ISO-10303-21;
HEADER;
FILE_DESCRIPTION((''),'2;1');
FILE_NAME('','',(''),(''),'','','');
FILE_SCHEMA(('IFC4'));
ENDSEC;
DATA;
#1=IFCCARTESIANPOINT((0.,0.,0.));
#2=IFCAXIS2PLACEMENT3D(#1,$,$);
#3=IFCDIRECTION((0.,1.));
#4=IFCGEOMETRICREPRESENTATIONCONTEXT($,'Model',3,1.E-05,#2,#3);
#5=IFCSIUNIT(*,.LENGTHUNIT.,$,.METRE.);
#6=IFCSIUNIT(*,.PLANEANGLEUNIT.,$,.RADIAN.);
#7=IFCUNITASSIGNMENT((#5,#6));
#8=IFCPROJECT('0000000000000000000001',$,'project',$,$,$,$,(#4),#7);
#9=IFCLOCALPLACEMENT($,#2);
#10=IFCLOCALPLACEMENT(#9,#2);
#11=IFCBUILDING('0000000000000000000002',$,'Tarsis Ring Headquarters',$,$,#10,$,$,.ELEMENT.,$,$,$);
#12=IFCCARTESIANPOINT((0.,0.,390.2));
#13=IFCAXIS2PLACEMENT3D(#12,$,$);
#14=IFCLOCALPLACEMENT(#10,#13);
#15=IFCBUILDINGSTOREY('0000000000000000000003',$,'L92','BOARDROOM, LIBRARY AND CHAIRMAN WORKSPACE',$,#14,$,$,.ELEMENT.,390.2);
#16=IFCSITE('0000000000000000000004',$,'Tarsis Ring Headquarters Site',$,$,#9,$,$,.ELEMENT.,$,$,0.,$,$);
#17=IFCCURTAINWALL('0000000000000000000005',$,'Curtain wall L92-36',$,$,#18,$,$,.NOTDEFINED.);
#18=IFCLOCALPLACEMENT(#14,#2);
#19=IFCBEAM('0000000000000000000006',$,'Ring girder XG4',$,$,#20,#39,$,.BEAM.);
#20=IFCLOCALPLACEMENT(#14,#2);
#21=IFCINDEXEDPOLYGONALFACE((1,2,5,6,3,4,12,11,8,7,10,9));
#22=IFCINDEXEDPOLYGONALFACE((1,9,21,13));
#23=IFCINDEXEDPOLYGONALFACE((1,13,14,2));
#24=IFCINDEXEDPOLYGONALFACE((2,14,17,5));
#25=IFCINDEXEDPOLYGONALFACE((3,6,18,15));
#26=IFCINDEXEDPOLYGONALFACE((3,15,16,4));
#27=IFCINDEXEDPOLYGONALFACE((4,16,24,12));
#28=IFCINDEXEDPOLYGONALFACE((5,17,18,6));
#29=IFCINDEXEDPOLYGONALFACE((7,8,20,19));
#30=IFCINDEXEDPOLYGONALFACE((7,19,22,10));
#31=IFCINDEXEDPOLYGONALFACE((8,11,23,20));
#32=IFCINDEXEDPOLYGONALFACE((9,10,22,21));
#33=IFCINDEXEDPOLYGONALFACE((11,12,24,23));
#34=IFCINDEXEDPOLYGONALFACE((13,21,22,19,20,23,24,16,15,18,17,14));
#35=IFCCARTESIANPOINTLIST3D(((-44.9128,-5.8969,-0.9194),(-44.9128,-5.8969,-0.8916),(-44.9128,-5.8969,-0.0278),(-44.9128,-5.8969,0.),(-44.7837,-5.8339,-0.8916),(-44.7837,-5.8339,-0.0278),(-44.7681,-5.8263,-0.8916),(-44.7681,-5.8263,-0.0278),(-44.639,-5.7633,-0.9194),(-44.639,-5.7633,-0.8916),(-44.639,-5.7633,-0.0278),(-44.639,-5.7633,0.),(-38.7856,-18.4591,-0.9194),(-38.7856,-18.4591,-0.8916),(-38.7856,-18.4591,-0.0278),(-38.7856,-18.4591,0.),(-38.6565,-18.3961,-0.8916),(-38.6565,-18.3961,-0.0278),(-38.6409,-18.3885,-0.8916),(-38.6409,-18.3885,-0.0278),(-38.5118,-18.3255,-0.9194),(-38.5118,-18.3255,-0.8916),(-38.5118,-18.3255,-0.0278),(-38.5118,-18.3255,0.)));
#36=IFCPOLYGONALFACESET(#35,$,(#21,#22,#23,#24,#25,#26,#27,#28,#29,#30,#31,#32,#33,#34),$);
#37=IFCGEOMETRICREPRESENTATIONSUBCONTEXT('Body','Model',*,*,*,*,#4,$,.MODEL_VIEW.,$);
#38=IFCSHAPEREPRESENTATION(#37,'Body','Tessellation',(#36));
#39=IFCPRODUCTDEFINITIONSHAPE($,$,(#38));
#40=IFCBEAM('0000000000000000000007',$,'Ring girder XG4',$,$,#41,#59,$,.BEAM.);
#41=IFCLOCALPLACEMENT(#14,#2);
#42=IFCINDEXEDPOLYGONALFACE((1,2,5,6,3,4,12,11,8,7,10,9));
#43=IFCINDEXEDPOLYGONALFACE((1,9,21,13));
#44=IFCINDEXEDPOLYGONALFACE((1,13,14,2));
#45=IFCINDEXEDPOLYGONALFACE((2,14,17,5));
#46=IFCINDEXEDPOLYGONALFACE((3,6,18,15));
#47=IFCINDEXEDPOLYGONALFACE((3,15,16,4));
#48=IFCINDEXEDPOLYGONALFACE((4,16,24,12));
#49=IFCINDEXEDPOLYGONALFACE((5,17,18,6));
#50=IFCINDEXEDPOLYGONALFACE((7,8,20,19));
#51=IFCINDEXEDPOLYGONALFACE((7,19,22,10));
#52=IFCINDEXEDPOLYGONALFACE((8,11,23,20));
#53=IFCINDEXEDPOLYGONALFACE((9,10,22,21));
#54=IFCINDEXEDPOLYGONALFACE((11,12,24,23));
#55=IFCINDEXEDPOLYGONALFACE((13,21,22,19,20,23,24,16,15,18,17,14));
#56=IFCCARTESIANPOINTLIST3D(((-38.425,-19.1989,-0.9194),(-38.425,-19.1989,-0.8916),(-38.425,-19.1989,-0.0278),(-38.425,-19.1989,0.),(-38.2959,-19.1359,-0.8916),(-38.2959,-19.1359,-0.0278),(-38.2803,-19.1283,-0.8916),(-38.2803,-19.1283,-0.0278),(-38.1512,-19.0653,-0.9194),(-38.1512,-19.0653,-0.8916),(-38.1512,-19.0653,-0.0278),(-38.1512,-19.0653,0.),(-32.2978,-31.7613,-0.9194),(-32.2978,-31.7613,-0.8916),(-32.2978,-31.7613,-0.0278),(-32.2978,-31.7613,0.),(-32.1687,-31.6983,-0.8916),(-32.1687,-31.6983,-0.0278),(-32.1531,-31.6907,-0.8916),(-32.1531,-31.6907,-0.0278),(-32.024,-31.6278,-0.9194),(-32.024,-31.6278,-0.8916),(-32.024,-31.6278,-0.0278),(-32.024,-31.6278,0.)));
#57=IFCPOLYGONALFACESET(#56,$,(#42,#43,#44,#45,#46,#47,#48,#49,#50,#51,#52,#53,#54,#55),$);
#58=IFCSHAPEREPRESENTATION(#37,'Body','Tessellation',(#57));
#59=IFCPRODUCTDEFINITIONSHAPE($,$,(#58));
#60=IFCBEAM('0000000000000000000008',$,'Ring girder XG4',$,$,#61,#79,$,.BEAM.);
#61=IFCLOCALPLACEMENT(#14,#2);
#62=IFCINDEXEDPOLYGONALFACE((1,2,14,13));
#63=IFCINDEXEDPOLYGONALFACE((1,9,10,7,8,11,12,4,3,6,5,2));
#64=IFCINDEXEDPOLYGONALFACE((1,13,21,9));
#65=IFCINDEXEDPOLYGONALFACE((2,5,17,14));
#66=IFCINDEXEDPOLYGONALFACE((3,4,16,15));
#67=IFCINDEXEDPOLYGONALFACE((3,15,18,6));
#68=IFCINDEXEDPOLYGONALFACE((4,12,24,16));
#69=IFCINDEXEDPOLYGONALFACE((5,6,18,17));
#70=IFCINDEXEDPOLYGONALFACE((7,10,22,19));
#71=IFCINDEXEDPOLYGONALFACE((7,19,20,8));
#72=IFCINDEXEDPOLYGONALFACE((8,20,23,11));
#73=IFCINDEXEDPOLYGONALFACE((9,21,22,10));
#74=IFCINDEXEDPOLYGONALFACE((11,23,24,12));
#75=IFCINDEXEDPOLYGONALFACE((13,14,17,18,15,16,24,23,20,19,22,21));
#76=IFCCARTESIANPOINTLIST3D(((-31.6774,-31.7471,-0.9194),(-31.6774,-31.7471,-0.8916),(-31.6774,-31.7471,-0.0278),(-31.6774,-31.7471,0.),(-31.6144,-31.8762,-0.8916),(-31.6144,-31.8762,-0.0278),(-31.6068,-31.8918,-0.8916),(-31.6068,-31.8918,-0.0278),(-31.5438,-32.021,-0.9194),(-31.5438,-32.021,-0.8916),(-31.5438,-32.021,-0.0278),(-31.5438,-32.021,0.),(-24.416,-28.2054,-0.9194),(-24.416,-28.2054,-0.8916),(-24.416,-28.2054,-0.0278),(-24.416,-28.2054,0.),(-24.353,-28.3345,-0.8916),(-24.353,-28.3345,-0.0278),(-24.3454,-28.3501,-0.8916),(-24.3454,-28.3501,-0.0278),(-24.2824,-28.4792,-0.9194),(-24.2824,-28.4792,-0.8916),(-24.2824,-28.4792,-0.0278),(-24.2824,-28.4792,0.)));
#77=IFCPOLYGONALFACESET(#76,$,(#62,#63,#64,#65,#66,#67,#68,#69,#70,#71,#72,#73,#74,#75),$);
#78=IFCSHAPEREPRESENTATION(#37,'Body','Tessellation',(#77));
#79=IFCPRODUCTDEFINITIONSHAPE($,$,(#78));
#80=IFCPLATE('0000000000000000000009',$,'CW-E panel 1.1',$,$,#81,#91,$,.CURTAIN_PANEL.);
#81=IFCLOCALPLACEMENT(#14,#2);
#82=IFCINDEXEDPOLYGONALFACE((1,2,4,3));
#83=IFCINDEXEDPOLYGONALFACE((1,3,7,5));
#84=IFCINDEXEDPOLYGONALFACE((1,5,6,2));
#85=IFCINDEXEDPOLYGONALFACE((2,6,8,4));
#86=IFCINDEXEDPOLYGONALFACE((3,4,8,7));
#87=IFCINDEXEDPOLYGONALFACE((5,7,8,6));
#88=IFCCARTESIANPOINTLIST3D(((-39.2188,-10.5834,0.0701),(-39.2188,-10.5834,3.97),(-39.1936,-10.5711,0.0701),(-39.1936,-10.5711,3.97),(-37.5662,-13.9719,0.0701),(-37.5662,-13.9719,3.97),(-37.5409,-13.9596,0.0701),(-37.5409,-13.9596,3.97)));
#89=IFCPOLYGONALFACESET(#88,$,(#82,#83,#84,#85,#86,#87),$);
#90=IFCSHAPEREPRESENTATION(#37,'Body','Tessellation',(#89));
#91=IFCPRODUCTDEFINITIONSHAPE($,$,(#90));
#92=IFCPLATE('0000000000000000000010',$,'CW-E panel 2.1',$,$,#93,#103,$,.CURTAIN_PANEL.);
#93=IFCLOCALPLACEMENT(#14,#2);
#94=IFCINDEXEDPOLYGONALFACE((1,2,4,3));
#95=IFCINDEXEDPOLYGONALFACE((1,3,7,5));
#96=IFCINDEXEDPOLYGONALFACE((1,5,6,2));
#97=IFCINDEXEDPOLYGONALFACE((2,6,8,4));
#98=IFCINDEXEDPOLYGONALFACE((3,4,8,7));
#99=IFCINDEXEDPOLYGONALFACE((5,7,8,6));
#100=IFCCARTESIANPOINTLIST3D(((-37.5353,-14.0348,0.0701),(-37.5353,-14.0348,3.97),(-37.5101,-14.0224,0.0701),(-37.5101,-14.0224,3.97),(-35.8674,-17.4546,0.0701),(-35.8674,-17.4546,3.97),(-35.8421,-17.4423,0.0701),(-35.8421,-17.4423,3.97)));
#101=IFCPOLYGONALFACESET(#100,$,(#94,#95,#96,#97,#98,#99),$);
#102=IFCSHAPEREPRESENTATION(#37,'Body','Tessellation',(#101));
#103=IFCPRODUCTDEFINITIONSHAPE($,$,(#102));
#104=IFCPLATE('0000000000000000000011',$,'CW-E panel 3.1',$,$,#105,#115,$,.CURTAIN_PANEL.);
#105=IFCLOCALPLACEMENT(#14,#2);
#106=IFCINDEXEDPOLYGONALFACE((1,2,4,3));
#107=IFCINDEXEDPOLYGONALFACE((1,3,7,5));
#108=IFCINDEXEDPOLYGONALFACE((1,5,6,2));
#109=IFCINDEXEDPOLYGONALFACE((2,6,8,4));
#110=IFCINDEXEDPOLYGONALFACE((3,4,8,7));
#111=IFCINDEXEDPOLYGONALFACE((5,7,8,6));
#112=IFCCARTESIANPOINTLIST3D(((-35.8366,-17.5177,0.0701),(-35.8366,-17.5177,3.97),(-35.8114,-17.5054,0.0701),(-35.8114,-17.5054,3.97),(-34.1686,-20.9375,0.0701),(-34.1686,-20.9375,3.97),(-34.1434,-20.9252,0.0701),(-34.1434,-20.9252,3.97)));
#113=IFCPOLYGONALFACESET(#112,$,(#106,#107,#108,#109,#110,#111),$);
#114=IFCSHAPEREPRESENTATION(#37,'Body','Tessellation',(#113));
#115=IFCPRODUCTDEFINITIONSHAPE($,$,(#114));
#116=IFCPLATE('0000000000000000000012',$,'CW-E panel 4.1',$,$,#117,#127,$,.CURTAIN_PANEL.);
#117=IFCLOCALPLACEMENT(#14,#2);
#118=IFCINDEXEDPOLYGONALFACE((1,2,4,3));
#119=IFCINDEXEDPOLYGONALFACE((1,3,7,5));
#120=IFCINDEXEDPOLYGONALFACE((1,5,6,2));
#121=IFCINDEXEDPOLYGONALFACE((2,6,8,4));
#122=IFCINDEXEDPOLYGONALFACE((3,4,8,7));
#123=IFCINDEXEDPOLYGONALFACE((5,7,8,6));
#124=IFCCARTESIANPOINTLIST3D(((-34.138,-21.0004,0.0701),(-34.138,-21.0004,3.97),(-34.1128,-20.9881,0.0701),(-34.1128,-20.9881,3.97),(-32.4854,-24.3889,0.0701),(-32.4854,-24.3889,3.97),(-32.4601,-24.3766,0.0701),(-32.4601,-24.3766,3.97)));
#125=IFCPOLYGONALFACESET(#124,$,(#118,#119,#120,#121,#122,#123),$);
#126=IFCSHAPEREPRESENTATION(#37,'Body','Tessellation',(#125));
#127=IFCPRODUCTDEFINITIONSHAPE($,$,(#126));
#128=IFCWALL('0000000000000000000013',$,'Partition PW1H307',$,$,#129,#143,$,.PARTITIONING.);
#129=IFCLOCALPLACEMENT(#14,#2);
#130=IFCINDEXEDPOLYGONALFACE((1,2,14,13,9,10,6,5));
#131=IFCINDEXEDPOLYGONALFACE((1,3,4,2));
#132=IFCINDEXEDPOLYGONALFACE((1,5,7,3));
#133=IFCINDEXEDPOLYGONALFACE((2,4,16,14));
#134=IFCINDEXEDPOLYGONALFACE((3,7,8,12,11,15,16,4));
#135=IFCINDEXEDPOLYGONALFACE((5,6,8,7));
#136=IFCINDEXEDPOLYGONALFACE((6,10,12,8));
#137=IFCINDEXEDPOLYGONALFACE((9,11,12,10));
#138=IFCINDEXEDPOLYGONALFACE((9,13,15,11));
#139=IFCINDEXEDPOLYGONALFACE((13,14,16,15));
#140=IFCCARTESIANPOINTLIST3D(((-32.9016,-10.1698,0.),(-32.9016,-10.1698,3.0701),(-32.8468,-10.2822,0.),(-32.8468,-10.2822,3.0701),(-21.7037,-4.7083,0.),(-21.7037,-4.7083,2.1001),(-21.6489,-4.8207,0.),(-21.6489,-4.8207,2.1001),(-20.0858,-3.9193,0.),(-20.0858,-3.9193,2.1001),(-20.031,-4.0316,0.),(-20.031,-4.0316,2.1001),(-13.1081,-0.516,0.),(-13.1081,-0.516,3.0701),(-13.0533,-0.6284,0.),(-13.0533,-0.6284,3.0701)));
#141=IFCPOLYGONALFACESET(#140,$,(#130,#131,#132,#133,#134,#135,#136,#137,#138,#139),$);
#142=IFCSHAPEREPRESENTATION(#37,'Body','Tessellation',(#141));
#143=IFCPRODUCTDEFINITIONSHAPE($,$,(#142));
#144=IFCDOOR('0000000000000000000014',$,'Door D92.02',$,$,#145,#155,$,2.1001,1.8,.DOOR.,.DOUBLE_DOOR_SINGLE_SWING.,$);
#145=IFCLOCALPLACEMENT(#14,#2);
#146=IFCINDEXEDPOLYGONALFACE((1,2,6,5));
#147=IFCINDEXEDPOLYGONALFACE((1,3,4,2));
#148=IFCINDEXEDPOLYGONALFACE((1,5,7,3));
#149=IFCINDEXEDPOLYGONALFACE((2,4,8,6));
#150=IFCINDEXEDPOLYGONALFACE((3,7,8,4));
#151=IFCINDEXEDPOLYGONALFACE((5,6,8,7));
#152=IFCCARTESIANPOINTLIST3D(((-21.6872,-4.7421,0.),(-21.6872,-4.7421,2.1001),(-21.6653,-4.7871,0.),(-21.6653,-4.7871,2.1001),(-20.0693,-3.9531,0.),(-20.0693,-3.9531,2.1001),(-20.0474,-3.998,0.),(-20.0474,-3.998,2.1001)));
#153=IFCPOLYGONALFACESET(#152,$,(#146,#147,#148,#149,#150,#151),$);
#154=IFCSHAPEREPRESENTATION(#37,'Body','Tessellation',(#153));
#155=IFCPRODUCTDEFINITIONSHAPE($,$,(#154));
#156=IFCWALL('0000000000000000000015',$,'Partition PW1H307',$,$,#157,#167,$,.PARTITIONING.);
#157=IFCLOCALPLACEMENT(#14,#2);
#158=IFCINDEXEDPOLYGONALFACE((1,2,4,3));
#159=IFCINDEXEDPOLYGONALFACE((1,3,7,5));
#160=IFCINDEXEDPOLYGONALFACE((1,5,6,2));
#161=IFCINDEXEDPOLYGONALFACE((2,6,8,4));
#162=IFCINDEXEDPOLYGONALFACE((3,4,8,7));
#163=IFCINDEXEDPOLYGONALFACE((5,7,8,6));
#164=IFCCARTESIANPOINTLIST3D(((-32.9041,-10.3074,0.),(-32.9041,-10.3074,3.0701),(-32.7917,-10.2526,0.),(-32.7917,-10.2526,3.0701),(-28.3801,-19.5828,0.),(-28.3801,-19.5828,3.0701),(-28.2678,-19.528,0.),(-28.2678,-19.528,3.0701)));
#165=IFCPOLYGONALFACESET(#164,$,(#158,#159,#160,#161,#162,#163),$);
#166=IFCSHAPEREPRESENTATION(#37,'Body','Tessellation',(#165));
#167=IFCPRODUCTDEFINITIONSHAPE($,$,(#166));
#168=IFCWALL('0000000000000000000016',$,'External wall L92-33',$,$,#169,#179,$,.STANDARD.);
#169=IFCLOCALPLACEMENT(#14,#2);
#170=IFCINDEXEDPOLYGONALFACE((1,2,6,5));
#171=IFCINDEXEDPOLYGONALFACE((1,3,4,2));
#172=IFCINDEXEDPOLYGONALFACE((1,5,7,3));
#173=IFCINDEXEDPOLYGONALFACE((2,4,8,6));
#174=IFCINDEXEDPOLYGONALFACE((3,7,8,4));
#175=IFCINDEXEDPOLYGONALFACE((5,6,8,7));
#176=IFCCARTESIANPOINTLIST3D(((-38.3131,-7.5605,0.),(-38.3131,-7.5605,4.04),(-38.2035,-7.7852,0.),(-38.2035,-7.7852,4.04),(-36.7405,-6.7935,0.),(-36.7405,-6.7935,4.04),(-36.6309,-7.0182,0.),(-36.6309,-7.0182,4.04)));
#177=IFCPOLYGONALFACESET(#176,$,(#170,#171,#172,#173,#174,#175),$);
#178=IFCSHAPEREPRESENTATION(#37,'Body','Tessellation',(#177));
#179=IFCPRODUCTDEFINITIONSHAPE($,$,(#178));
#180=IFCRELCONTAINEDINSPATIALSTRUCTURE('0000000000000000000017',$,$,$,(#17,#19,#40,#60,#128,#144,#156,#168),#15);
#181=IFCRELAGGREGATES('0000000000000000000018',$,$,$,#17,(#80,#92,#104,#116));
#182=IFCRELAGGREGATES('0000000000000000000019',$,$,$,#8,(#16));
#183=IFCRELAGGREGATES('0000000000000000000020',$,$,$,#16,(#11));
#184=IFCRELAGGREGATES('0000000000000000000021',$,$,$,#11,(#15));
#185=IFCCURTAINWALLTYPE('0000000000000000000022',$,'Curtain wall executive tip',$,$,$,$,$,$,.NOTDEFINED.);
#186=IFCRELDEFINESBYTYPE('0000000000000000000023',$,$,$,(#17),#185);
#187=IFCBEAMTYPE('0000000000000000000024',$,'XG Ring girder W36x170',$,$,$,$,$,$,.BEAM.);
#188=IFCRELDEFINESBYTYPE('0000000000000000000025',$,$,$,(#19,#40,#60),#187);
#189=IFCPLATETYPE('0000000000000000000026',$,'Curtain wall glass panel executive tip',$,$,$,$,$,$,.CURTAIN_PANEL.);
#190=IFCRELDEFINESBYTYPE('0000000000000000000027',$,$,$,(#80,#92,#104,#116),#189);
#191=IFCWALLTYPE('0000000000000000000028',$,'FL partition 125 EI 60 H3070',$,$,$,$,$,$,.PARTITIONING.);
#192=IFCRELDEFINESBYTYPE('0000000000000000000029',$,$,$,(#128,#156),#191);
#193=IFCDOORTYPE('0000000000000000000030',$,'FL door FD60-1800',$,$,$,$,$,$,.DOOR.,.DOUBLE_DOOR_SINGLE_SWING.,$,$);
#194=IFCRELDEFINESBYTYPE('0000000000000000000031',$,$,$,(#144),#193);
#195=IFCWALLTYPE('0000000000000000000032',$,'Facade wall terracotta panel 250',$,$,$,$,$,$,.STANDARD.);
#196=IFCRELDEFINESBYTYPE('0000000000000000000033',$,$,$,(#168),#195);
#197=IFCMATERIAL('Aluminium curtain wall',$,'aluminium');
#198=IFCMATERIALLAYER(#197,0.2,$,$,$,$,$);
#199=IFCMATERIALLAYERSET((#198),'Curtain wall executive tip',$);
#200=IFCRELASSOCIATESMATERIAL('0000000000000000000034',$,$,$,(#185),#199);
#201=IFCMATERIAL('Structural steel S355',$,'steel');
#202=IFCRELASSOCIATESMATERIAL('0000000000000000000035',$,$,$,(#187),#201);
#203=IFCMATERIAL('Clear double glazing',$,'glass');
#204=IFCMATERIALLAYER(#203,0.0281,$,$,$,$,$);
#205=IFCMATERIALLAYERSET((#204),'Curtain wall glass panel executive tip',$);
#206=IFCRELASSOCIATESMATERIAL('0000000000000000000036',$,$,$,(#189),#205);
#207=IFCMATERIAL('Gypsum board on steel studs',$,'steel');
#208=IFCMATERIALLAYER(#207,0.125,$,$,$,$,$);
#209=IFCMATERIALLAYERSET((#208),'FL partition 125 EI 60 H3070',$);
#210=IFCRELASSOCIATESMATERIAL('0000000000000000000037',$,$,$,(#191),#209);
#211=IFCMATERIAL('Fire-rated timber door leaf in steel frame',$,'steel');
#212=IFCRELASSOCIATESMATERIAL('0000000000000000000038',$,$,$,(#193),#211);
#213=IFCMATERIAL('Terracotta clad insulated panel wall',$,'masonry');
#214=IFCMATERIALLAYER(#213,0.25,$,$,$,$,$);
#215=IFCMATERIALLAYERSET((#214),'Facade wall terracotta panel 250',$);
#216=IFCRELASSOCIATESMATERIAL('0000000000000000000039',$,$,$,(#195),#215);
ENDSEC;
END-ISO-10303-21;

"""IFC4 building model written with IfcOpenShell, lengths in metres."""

from ifc_helpers import new_model, si_unit, direction, frame, frame_2d, origin, origin_2d, place, context, subcontext, project, spatial, rectangle, i_section, extrude, material, layer, layer_set, material_profile, profile_set, type_object, element, fill, aggregate, save


model = new_model("IFC4")

# Units and contexts
model_context = context("Model", 3, precision=1e-05, world=origin(), true_north=direction((0.0, 1.0)))
body_context = subcontext(model_context, "Body", "Model", "MODEL_VIEW")
ifc_project = project(units=[si_unit("LENGTHUNIT", "METRE"), si_unit("PLANEANGLEUNIT", "RADIAN")], contexts=[model_context])

# Site, building, storey
site_placement = place(None, origin())
site = spatial("IfcSite", under=ifc_project, at=site_placement, Name="Tarsis Ring Headquarters Site", CompositionType="ELEMENT", RefElevation=0.0)
building_placement = place(site_placement, origin())
building = spatial("IfcBuilding", under=site, at=building_placement, Name="Tarsis Ring Headquarters", CompositionType="ELEMENT")
storey_placement = place(building_placement, frame((0.0, 0.0, 390.2)))
storey = spatial("IfcBuildingStorey", under=building, at=storey_placement, Name="L92", Description="BOARDROOM, LIBRARY AND CHAIRMAN WORKSPACE", CompositionType="ELEMENT", Elevation=390.2)

# Shared definitions
ifc_material_1 = material(Name="Structural steel S355", Category="steel")

# Curtain wall
ifc_material_2 = material(Name="Aluminium curtain wall", Category="aluminium")
ifc_layer_1 = layer(ifc_material_2, 0.2)
ifc_layer_set_1 = layer_set([ifc_layer_1], Name="Curtain wall executive tip")
curtain_wall_type = type_object("IfcCurtainWallType", Name="Curtain wall executive tip", PredefinedType="NOTDEFINED", material=ifc_layer_set_1)
curtain_wall_placement = place(storey_placement, origin())
curtain_wall = element("IfcCurtainWall", 1, at=curtain_wall_placement, inside=storey, type_object=curtain_wall_type, Name="Curtain wall L92-36", PredefinedType="NOTDEFINED")

# Beams
ifc_material_profile_1 = material_profile(ifc_material_1, i_section(OverallWidth=0.3047, OverallDepth=0.9194, WebThickness=0.0173, FlangeThickness=0.0278, at=origin_2d()), Name="W36x170")
ifc_profile_set_1 = profile_set([ifc_material_profile_1], Name="Structural steel S355")
beam_type = type_object("IfcBeamType", Name="XG Ring girder W36x170", PredefinedType="BEAM", material=ifc_profile_set_1)
beam_1_placement = place(storey_placement, frame((-44.7759, -5.8301, -0.4597), z_axis=(0.438381, -0.898789, 0.0), x_axis=(0.898789, 0.438381, 0.0)))
element("IfcBeam", 2, at=beam_1_placement, inside=storey, type_object=beam_type, Name="Ring girder XG4", PredefinedType="BEAM", context=body_context, shape_type="SweptSolid", body=[
    extrude(i_section(OverallWidth=0.3047, OverallDepth=0.9194, WebThickness=0.0173, FlangeThickness=0.0278, at=origin_2d()), origin(), (0.0, 0.0, 1.0), 13.9768),
])
beam_2_placement = place(storey_placement, frame((-38.2881, -19.1321, -0.4597), z_axis=(0.438374, -0.898792, 0.0), x_axis=(0.898792, 0.438374, 0.0)))
element("IfcBeam", 3, at=beam_2_placement, inside=storey, type_object=beam_type, Name="Ring girder XG4", PredefinedType="BEAM", context=body_context, shape_type="SweptSolid", body=[
    extrude(i_section(OverallWidth=0.3047, OverallDepth=0.9194, WebThickness=0.0173, FlangeThickness=0.0278, at=origin_2d()), origin(), (0.0, 0.0, 1.0), 13.9771),
])
beam_3_placement = place(storey_placement, frame((-31.6106, -31.884, -0.4597), z_axis=(0.89879, 0.43838, 0.0), x_axis=(-0.43838, 0.89879, 0.0)))
element("IfcBeam", 4, at=beam_3_placement, inside=storey, type_object=beam_type, Name="Ring girder XG4", PredefinedType="BEAM", context=body_context, shape_type="SweptSolid", body=[
    extrude(i_section(OverallWidth=0.3047, OverallDepth=0.9194, WebThickness=0.0173, FlangeThickness=0.0278, at=origin_2d()), origin(), (0.0, 0.0, 1.0), 8.0791),
])

# Plates
ifc_material_3 = material(Name="Clear double glazing", Category="glass")
ifc_layer_2 = layer(ifc_material_3, 0.0281)
ifc_layer_set_2 = layer_set([ifc_layer_2], Name="Curtain wall glass panel executive tip")
plate_type = type_object("IfcPlateType", Name="Curtain wall glass panel executive tip", PredefinedType="CURTAIN_PANEL", material=ifc_layer_set_2)
plate_1_placement = place(storey_placement, frame((-38.3799, -12.2715, 0.0701), z_axis=(0.0, 0.0, 1.0), x_axis=(0.438371, -0.898794, 0.0)))
plate_1 = element("IfcPlate", 5, at=plate_1_placement, type_object=plate_type, Name="CW-E panel 1.1", PredefinedType="CURTAIN_PANEL", context=body_context, shape_type="SweptSolid", body=[
    extrude(rectangle(XDim=3.77, YDim=0.0281, at=origin_2d()), origin(), (0.0, 0.0, 1.0), 3.8999),
])
plate_2_placement = place(storey_placement, frame((-36.6887, -15.7385, 0.0701), z_axis=(0.0, 0.0, 1.0), x_axis=(0.438371, -0.898794, 0.0)))
plate_2 = element("IfcPlate", 6, at=plate_2_placement, type_object=plate_type, Name="CW-E panel 2.1", PredefinedType="CURTAIN_PANEL", context=body_context, shape_type="SweptSolid", body=[
    extrude(rectangle(XDim=3.8049, YDim=0.0281, at=origin_2d()), origin(), (0.0, 0.0, 1.0), 3.8999),
])
plate_3_placement = place(storey_placement, frame((-34.99, -19.2214, 0.0701), z_axis=(0.0, 0.0, 1.0), x_axis=(0.438371, -0.898794, 0.0)))
plate_3 = element("IfcPlate", 7, at=plate_3_placement, type_object=plate_type, Name="CW-E panel 3.1", PredefinedType="CURTAIN_PANEL", context=body_context, shape_type="SweptSolid", body=[
    extrude(rectangle(XDim=3.8049, YDim=0.0281, at=origin_2d()), origin(), (0.0, 0.0, 1.0), 3.8999),
])
plate_4_placement = place(storey_placement, frame((-33.2991, -22.6885, 0.0701), z_axis=(0.0, 0.0, 1.0), x_axis=(0.438371, -0.898794, 0.0)))
plate_4 = element("IfcPlate", 8, at=plate_4_placement, type_object=plate_type, Name="CW-E panel 4.1", PredefinedType="CURTAIN_PANEL", context=body_context, shape_type="SweptSolid", body=[
    extrude(rectangle(XDim=3.77, YDim=0.0281, at=origin_2d()), origin(), (0.0, 0.0, 1.0), 3.8999),
])
aggregate(curtain_wall, [plate_1, plate_2, plate_3, plate_4])

# Wall, opening, door
ifc_material_4 = material(Name="Gypsum board on steel studs", Category="steel")
ifc_layer_3 = layer(ifc_material_4, 0.125)
ifc_layer_set_3 = layer_set([ifc_layer_3], Name="FL partition 125 EI 60 H3070")
wall_type_1 = type_object("IfcWallType", Name="FL partition 125 EI 60 H3070", PredefinedType="PARTITIONING", material=ifc_layer_set_3)
wall_1_placement = place(storey_placement, frame((-32.8743, -10.2261, 0.0), z_axis=(0.0, 0.0, 1.0), x_axis=(0.898796, 0.438367, 0.0)))
wall_1 = element("IfcWall", 9, at=wall_1_placement, inside=storey, type_object=wall_type_1, Name="Partition PW1H307", PredefinedType="PARTITIONING", context=body_context, shape_type="SweptSolid", body=[
    extrude(rectangle(XDim=22.0222, YDim=0.125, at=frame_2d((11.0112, 0.0))), origin(), (0.0, 0.0, 1.0), 3.0701),
])
opening_placement = place(wall_1_placement, frame((12.459, 0.0, 0.0)))
opening = element("IfcOpeningElement", 10, at=opening_placement, cuts=wall_1, PredefinedType="OPENING", context=body_context, shape_type="SweptSolid", body=[
    extrude(rectangle(XDim=1.8, YDim=2.1001, at=frame_2d((0.8999, 1.05))), frame((0.0, 0.0725, 0.0), z_axis=(0.0, -1.0, 0.0), x_axis=(1.0, 0.0, 0.0)), (0.0, 0.0, 1.0), 0.145),
])
ifc_material_5 = material(Name="Fire-rated timber door leaf in steel frame", Category="steel")
door_type = type_object("IfcDoorType", Name="FL door FD60-1800", OperationType="DOUBLE_DOOR_SINGLE_SWING", PredefinedType="DOOR", material=ifc_material_5)
door_placement = place(opening_placement, origin())
door = element("IfcDoor", 11, at=door_placement, inside=storey, type_object=door_type, Name="Door D92.02", OperationType="DOUBLE_DOOR_SINGLE_SWING", OverallHeight=2.1001, OverallWidth=1.8, PredefinedType="DOOR", context=body_context, shape_type="SweptSolid", body=[
    extrude(rectangle(XDim=1.8, YDim=2.1001, at=frame_2d((0.8999, 1.05))), frame((0.0, 0.0249, 0.0), z_axis=(0.0, -1.0, 0.0), x_axis=(1.0, 0.0, 0.0)), (0.0, 0.0, 1.0), 0.05),
])
fill(opening, door)

# Walls
wall_2_placement = place(storey_placement, frame((-32.8479, -10.28, 0.0), z_axis=(0.0, 0.0, 1.0), x_axis=(0.438372, -0.898793, 0.0)))
element("IfcWall", 12, at=wall_2_placement, inside=storey, type_object=wall_type_1, Name="Partition PW1H307", PredefinedType="PARTITIONING", context=body_context, shape_type="SweptSolid", body=[
    extrude(rectangle(XDim=10.3198, YDim=0.125, at=frame_2d((5.1599, 0.0))), origin(), (0.0, 0.0, 1.0), 3.0701),
])
ifc_material_6 = material(Name="Terracotta clad insulated panel wall", Category="masonry")
ifc_layer_4 = layer(ifc_material_6, 0.25)
ifc_layer_set_4 = layer_set([ifc_layer_4], Name="Facade wall terracotta panel 250")
wall_type_2 = type_object("IfcWallType", Name="Facade wall terracotta panel 250", PredefinedType="STANDARD", material=ifc_layer_set_4)
for number, where, z_axis, x_axis, name in (
    (13, (-36.6855, -6.9058, 0.0), (0.0, 0.0, 1.0), (-0.898793, -0.438374, 0.0), "External wall L92-33"),
):
    element("IfcWall", number, at=place(storey_placement, frame(where, z_axis=z_axis, x_axis=x_axis)), inside=storey, type_object=wall_type_2, Name=name, PredefinedType="STANDARD", context=body_context, shape_type="SweptSolid", body=[
        extrude(rectangle(XDim=1.7498, YDim=0.25, at=frame_2d((0.875, 0.0))), origin(), (0.0, 0.0, 1.0), 4.04),
    ])

save(model, "model.ifc")
